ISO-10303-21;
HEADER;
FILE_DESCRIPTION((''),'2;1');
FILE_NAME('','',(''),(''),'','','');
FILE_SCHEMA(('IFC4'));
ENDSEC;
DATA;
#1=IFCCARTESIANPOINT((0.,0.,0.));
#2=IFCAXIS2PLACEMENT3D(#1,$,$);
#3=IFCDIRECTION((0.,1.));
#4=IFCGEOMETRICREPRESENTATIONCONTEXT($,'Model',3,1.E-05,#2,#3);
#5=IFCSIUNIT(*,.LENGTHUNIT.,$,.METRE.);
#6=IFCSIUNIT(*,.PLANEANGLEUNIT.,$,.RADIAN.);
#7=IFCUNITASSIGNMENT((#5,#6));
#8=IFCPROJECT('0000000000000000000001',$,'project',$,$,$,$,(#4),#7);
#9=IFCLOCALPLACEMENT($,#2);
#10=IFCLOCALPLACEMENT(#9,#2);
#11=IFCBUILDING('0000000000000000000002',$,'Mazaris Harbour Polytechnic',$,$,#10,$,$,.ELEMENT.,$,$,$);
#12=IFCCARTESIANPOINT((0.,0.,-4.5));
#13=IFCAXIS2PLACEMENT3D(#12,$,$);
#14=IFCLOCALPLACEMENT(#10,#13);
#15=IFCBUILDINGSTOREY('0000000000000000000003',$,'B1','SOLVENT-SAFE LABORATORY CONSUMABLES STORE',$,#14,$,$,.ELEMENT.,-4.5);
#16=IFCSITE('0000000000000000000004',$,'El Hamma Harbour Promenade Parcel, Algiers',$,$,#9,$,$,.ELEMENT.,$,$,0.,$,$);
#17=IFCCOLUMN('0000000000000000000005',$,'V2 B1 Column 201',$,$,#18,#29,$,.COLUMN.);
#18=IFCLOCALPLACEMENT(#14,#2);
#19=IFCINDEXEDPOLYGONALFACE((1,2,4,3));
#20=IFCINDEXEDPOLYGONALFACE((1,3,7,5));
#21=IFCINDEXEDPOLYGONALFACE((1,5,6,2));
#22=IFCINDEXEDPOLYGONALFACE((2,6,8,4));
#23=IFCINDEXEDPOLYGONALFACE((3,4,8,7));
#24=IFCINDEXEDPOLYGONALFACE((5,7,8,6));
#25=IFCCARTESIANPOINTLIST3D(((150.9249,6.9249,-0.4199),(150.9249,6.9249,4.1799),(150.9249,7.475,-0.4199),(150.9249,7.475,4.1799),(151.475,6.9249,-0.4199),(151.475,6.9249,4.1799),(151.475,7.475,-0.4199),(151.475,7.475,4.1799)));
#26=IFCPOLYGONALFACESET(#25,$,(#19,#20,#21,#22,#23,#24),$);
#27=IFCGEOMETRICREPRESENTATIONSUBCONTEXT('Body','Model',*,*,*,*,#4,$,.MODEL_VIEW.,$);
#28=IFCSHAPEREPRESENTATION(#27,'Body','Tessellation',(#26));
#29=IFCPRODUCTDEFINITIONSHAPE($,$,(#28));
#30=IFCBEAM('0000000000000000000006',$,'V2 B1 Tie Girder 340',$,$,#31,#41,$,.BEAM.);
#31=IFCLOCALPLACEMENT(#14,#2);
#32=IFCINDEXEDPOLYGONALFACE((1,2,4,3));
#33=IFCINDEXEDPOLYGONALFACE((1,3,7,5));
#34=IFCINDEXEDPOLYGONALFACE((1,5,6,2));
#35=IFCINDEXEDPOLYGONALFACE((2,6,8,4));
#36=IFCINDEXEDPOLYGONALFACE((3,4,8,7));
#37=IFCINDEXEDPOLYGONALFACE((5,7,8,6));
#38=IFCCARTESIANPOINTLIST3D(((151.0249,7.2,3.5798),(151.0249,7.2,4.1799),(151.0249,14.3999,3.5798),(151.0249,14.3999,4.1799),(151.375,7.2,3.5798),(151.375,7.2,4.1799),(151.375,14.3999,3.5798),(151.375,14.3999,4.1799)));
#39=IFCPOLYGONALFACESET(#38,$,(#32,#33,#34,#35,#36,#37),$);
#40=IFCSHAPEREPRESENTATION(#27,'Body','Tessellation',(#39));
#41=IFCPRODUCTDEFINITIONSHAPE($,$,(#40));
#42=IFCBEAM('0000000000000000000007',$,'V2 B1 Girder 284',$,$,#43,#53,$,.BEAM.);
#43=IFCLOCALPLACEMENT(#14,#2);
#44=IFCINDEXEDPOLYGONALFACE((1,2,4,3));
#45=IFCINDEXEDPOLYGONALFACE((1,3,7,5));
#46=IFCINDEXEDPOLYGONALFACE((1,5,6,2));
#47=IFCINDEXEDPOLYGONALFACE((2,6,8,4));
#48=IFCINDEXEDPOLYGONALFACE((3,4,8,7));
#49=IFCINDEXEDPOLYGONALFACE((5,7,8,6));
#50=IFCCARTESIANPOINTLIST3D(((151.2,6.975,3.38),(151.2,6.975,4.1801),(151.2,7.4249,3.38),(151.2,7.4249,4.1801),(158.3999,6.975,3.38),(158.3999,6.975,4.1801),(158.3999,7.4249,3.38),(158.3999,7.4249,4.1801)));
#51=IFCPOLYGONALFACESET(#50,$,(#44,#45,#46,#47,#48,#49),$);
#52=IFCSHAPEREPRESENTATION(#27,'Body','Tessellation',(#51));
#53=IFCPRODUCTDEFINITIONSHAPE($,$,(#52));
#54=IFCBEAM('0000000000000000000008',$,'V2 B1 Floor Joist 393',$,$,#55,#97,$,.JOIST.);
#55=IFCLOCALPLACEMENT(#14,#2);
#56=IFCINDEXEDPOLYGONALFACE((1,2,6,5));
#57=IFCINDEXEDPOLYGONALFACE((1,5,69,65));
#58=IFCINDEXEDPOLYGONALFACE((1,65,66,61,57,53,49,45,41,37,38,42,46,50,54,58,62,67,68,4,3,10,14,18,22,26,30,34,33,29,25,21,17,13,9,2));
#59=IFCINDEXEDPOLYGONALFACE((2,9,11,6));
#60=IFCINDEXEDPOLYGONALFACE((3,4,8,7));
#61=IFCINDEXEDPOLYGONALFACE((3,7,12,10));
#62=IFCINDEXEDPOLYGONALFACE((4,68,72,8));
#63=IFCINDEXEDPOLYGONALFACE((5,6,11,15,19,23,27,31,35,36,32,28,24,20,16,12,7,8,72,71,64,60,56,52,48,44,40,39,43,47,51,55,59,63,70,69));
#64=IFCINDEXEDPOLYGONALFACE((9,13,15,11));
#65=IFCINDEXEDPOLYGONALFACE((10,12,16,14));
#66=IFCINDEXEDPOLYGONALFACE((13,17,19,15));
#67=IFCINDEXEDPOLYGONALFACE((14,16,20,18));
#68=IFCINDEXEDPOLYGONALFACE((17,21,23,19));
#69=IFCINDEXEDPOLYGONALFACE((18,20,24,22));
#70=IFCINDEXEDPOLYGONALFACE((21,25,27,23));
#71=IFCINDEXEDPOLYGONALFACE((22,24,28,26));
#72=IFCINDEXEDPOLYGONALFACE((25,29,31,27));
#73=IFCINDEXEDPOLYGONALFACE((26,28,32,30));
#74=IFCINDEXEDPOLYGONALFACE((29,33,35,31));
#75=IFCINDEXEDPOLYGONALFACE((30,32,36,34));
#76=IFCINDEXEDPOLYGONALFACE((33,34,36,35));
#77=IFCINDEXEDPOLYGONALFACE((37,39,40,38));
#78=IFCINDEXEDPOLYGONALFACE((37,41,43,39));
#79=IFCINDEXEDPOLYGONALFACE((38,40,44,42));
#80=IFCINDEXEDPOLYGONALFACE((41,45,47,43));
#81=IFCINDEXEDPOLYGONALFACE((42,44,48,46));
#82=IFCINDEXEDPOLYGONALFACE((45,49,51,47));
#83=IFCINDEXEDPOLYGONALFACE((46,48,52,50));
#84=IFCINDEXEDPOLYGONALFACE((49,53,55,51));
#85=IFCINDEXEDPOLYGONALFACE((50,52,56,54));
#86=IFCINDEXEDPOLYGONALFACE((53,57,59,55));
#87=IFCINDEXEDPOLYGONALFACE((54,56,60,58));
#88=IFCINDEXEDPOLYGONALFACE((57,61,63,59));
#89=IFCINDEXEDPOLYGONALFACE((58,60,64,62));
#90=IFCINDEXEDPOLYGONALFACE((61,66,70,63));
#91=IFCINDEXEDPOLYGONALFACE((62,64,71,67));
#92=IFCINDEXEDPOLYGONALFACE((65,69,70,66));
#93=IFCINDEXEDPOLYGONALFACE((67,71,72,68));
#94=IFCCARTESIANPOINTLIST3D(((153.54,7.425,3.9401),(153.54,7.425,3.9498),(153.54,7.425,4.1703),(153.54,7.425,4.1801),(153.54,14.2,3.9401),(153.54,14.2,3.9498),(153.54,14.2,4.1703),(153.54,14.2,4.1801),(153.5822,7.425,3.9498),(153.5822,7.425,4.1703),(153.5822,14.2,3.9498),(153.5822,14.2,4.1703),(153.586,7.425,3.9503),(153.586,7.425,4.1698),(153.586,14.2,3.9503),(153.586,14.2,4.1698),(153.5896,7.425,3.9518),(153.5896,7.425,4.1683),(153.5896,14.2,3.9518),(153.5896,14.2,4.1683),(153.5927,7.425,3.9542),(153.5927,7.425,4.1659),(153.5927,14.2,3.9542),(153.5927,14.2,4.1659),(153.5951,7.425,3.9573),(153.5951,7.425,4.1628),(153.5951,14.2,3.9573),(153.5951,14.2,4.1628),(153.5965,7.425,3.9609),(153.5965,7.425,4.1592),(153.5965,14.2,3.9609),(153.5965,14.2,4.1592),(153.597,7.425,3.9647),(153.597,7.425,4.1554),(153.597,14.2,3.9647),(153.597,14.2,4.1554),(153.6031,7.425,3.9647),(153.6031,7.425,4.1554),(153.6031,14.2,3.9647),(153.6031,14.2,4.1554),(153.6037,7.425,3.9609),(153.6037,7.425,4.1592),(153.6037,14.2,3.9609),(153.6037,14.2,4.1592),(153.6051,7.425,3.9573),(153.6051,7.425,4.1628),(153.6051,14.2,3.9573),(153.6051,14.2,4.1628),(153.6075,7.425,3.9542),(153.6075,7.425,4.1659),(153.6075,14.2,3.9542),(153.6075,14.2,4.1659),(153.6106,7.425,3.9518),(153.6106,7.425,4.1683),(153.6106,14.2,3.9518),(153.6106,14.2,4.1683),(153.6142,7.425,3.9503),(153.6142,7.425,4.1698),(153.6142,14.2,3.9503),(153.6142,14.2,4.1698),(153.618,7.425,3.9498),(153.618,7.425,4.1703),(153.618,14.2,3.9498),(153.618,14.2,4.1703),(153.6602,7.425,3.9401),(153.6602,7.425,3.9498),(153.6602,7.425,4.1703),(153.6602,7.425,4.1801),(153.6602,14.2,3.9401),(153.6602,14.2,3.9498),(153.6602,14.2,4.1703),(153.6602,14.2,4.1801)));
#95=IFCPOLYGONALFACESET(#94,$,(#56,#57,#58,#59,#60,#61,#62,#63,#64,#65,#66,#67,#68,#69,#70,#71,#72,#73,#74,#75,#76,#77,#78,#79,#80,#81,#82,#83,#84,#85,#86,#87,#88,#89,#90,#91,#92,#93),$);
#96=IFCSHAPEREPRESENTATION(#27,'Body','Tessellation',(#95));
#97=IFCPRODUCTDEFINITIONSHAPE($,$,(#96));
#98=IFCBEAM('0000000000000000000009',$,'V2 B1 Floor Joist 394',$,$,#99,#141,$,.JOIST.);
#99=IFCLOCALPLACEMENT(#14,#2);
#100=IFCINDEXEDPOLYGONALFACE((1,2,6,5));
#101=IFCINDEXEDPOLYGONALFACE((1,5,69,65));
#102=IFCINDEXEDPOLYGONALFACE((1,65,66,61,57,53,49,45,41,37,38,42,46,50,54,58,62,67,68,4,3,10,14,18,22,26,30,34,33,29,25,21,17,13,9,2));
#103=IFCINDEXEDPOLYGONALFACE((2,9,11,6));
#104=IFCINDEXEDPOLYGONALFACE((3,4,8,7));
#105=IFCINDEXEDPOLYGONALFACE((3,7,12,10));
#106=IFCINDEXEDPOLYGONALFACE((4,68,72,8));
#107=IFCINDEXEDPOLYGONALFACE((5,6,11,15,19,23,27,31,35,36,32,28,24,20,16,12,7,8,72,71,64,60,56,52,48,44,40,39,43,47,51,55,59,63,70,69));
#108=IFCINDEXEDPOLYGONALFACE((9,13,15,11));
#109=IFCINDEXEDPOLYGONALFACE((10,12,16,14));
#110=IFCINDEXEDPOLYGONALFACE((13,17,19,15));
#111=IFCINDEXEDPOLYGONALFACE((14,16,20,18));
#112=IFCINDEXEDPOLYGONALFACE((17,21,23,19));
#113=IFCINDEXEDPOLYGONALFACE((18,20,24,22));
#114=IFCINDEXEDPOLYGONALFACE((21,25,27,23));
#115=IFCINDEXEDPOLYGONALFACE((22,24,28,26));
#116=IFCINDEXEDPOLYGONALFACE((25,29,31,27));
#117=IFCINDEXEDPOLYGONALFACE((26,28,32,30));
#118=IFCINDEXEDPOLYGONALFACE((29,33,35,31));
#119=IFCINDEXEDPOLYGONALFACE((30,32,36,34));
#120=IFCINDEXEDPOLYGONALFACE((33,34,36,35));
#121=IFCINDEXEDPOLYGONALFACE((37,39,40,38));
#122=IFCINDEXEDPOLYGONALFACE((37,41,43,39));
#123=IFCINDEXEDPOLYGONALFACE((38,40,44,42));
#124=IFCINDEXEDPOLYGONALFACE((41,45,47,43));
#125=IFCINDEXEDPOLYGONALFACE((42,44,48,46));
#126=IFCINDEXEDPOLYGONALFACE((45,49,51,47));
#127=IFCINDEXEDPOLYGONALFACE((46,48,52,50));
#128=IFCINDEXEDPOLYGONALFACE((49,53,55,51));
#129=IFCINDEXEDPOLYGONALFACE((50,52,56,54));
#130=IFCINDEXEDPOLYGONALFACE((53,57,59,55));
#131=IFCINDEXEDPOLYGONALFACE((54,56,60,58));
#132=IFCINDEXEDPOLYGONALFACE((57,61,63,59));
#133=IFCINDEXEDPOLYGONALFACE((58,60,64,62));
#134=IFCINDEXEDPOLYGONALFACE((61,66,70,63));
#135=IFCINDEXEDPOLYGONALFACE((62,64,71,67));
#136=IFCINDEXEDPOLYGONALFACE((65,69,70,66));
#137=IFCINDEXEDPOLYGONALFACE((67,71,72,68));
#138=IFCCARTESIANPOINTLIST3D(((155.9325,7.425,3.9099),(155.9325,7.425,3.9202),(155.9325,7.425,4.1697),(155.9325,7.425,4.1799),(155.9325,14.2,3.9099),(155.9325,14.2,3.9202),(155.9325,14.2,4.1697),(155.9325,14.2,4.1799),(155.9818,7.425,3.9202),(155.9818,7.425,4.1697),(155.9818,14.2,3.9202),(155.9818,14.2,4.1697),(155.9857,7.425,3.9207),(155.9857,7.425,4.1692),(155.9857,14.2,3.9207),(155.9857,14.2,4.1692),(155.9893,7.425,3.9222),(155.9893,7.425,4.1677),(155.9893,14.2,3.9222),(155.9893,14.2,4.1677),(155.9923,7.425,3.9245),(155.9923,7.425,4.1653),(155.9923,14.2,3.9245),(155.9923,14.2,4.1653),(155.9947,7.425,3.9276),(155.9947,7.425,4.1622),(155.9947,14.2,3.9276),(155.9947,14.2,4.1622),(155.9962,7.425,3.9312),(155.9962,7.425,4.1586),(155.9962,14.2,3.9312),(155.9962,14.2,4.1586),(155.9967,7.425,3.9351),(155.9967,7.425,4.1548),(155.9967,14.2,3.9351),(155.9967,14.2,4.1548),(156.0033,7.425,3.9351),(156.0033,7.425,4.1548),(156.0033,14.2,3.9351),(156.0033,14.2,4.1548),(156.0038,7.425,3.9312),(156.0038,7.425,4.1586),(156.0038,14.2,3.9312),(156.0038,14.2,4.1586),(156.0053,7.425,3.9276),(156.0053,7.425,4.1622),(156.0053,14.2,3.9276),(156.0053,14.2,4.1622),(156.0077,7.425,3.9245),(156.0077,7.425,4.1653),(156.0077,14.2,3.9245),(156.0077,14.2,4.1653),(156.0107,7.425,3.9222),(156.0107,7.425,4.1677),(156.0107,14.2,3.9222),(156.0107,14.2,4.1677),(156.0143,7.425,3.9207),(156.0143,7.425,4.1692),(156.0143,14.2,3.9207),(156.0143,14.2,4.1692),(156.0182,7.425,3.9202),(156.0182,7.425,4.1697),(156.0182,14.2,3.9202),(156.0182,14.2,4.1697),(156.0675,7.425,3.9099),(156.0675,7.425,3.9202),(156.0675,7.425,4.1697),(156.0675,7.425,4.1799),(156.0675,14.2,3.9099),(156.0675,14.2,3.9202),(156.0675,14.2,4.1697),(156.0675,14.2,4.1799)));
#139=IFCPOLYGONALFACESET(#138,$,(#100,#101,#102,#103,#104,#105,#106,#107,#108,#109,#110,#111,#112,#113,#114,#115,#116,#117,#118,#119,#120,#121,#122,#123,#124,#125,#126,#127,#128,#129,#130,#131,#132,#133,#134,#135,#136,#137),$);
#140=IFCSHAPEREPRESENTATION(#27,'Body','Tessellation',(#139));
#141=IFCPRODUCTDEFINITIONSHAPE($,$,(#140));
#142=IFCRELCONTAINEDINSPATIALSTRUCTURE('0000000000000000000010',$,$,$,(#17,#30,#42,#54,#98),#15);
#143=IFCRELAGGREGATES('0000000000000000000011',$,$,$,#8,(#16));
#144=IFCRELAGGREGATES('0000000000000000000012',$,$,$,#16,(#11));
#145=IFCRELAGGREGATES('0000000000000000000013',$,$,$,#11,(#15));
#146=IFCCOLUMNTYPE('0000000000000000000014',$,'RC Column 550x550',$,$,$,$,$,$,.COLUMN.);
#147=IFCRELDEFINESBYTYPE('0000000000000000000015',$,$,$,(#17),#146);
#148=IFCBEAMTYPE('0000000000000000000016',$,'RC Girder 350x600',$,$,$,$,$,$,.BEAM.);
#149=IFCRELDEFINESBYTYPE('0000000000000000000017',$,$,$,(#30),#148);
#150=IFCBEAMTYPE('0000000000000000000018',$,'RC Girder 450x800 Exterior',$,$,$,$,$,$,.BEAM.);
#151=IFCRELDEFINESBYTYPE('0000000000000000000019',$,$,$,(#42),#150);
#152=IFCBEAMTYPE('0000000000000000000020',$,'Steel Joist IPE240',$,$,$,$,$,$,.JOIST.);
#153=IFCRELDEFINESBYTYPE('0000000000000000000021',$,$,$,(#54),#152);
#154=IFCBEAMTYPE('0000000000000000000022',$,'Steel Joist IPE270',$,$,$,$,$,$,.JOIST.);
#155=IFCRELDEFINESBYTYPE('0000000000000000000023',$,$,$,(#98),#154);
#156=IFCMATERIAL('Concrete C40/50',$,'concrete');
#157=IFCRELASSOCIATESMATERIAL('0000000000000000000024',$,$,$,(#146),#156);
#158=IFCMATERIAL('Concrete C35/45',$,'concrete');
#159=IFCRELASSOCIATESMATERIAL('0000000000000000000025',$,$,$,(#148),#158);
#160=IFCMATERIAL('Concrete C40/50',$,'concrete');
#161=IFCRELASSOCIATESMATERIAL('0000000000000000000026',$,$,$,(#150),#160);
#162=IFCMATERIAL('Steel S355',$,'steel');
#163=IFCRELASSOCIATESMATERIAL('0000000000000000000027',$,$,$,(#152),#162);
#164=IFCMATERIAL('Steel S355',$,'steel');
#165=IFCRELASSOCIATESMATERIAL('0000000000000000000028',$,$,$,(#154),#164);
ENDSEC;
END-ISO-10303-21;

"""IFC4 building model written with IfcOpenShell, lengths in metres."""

from ifc_helpers import new_model, si_unit, direction, frame, origin, origin_2d, place, context, subcontext, project, spatial, rectangle, i_section, extrude, material, material_profile, profile_set, type_object, element, save


model = new_model("IFC4")

# Units and contexts
model_context = context("Model", 3, precision=1e-05, world=origin(), true_north=direction((0.0, 1.0)))
body_context = subcontext(model_context, "Body", "Model", "MODEL_VIEW")
ifc_project = project(units=[si_unit("LENGTHUNIT", "METRE"), si_unit("PLANEANGLEUNIT", "RADIAN")], contexts=[model_context])

# Site, building, storey
site_placement = place(None, origin())
site = spatial("IfcSite", under=ifc_project, at=site_placement, Name="El Hamma Harbour Promenade Parcel, Algiers", CompositionType="ELEMENT", RefElevation=0.0)
building_placement = place(site_placement, origin())
building = spatial("IfcBuilding", under=site, at=building_placement, Name="Mazaris Harbour Polytechnic", CompositionType="ELEMENT")
storey_placement = place(building_placement, frame((0.0, 0.0, -4.5)))
storey = spatial("IfcBuildingStorey", under=building, at=storey_placement, Name="B1", Description="SOLVENT-SAFE LABORATORY CONSUMABLES STORE", CompositionType="ELEMENT", Elevation=-4.5)

# Column
ifc_material_1 = material(Name="Concrete C40/50", Category="concrete")
ifc_material_profile_1 = material_profile(ifc_material_1, rectangle(XDim=0.55, YDim=0.55, at=origin_2d()), Name="RECT550x550")
ifc_profile_set_1 = profile_set([ifc_material_profile_1], Name="Concrete C40/50")
column_type = type_object("IfcColumnType", Name="RC Column 550x550", PredefinedType="COLUMN", material=ifc_profile_set_1)
column_placement = place(storey_placement, frame((151.2, 7.2, -0.4199), z_axis=(0.0, 0.0, 1.0), x_axis=(1.0, 0.0, 0.0)))
element("IfcColumn", 1, at=column_placement, inside=storey, type_object=column_type, Name="V2 B1 Column 201", PredefinedType="COLUMN", context=body_context, shape_type="SweptSolid", body=[
    extrude(rectangle(XDim=0.55, YDim=0.55, at=origin_2d()), origin(), (0.0, 0.0, 1.0), 4.5999),
])

# Beams
ifc_material_2 = material(Name="Concrete C35/45", Category="concrete")
ifc_material_profile_2 = material_profile(ifc_material_2, rectangle(XDim=0.3501, YDim=0.6001, at=origin_2d()), Name="RECT350x600")
ifc_profile_set_2 = profile_set([ifc_material_profile_2], Name="Concrete C35/45")
beam_type_1 = type_object("IfcBeamType", Name="RC Girder 350x600", PredefinedType="BEAM", material=ifc_profile_set_2)
beam_1_placement = place(storey_placement, frame((151.2, 7.2, 3.8799), z_axis=(0.0, 1.0, 0.0), x_axis=(-1.0, 0.0, 0.0)))
element("IfcBeam", 2, at=beam_1_placement, inside=storey, type_object=beam_type_1, Name="V2 B1 Tie Girder 340", PredefinedType="BEAM", context=body_context, shape_type="SweptSolid", body=[
    extrude(rectangle(XDim=0.3501, YDim=0.6001, at=origin_2d()), origin(), (0.0, 0.0, 1.0), 7.2),
])
ifc_material_3 = material(Name="Concrete C40/50", Category="concrete")
ifc_material_profile_3 = material_profile(ifc_material_3, rectangle(XDim=0.45, YDim=0.8, at=origin_2d()), Name="RECT450x800")
ifc_profile_set_3 = profile_set([ifc_material_profile_3], Name="Concrete C40/50")
beam_type_2 = type_object("IfcBeamType", Name="RC Girder 450x800 Exterior", PredefinedType="BEAM", material=ifc_profile_set_3)
beam_2_placement = place(storey_placement, frame((151.2, 7.2, 3.78), z_axis=(1.0, 0.0, 0.0), x_axis=(0.0, 1.0, 0.0)))
element("IfcBeam", 3, at=beam_2_placement, inside=storey, type_object=beam_type_2, Name="V2 B1 Girder 284", PredefinedType="BEAM", context=body_context, shape_type="SweptSolid", body=[
    extrude(rectangle(XDim=0.45, YDim=0.8, at=origin_2d()), origin(), (0.0, 0.0, 1.0), 7.2),
])
ifc_material_4 = material(Name="Steel S355", Category="steel")
ifc_material_profile_4 = material_profile(ifc_material_4, i_section(OverallWidth=0.1201, OverallDepth=0.24, WebThickness=0.0061, FlangeThickness=0.0098, FilletRadius=0.0149, at=origin_2d()), Name="IPE 240")
ifc_profile_set_4 = profile_set([ifc_material_profile_4], Name="Steel S355")
beam_type_3 = type_object("IfcBeamType", Name="Steel Joist IPE240", PredefinedType="JOIST", material=ifc_profile_set_4)
beam_3_placement = place(storey_placement, frame((153.6001, 7.425, 4.0601), z_axis=(0.0, 1.0, 0.0), x_axis=(-1.0, 0.0, 0.0)))
element("IfcBeam", 4, at=beam_3_placement, inside=storey, type_object=beam_type_3, Name="V2 B1 Floor Joist 393", PredefinedType="JOIST", context=body_context, shape_type="SweptSolid", body=[
    extrude(i_section(OverallWidth=0.1201, OverallDepth=0.24, WebThickness=0.0061, FlangeThickness=0.0098, FilletRadius=0.0149, at=origin_2d()), origin(), (0.0, 0.0, 1.0), 6.7749),
])
ifc_material_5 = material(Name="Steel S355", Category="steel")
ifc_material_profile_5 = material_profile(ifc_material_5, i_section(OverallWidth=0.135, OverallDepth=0.27, WebThickness=0.0066, FlangeThickness=0.0103, FilletRadius=0.0149, at=origin_2d()), Name="IPE 270")
ifc_profile_set_5 = profile_set([ifc_material_profile_5], Name="Steel S355")
beam_type_4 = type_object("IfcBeamType", Name="Steel Joist IPE270", PredefinedType="JOIST", material=ifc_profile_set_5)
beam_4_placement = place(storey_placement, frame((156.0, 7.425, 4.0449), z_axis=(0.0, 1.0, 0.0), x_axis=(-1.0, 0.0, 0.0)))
element("IfcBeam", 5, at=beam_4_placement, inside=storey, type_object=beam_type_4, Name="V2 B1 Floor Joist 394", PredefinedType="JOIST", context=body_context, shape_type="SweptSolid", body=[
    extrude(i_section(OverallWidth=0.135, OverallDepth=0.27, WebThickness=0.0066, FlangeThickness=0.0103, FilletRadius=0.0149, at=origin_2d()), origin(), (0.0, 0.0, 1.0), 6.7749),
])

save(model, "model.ifc")
